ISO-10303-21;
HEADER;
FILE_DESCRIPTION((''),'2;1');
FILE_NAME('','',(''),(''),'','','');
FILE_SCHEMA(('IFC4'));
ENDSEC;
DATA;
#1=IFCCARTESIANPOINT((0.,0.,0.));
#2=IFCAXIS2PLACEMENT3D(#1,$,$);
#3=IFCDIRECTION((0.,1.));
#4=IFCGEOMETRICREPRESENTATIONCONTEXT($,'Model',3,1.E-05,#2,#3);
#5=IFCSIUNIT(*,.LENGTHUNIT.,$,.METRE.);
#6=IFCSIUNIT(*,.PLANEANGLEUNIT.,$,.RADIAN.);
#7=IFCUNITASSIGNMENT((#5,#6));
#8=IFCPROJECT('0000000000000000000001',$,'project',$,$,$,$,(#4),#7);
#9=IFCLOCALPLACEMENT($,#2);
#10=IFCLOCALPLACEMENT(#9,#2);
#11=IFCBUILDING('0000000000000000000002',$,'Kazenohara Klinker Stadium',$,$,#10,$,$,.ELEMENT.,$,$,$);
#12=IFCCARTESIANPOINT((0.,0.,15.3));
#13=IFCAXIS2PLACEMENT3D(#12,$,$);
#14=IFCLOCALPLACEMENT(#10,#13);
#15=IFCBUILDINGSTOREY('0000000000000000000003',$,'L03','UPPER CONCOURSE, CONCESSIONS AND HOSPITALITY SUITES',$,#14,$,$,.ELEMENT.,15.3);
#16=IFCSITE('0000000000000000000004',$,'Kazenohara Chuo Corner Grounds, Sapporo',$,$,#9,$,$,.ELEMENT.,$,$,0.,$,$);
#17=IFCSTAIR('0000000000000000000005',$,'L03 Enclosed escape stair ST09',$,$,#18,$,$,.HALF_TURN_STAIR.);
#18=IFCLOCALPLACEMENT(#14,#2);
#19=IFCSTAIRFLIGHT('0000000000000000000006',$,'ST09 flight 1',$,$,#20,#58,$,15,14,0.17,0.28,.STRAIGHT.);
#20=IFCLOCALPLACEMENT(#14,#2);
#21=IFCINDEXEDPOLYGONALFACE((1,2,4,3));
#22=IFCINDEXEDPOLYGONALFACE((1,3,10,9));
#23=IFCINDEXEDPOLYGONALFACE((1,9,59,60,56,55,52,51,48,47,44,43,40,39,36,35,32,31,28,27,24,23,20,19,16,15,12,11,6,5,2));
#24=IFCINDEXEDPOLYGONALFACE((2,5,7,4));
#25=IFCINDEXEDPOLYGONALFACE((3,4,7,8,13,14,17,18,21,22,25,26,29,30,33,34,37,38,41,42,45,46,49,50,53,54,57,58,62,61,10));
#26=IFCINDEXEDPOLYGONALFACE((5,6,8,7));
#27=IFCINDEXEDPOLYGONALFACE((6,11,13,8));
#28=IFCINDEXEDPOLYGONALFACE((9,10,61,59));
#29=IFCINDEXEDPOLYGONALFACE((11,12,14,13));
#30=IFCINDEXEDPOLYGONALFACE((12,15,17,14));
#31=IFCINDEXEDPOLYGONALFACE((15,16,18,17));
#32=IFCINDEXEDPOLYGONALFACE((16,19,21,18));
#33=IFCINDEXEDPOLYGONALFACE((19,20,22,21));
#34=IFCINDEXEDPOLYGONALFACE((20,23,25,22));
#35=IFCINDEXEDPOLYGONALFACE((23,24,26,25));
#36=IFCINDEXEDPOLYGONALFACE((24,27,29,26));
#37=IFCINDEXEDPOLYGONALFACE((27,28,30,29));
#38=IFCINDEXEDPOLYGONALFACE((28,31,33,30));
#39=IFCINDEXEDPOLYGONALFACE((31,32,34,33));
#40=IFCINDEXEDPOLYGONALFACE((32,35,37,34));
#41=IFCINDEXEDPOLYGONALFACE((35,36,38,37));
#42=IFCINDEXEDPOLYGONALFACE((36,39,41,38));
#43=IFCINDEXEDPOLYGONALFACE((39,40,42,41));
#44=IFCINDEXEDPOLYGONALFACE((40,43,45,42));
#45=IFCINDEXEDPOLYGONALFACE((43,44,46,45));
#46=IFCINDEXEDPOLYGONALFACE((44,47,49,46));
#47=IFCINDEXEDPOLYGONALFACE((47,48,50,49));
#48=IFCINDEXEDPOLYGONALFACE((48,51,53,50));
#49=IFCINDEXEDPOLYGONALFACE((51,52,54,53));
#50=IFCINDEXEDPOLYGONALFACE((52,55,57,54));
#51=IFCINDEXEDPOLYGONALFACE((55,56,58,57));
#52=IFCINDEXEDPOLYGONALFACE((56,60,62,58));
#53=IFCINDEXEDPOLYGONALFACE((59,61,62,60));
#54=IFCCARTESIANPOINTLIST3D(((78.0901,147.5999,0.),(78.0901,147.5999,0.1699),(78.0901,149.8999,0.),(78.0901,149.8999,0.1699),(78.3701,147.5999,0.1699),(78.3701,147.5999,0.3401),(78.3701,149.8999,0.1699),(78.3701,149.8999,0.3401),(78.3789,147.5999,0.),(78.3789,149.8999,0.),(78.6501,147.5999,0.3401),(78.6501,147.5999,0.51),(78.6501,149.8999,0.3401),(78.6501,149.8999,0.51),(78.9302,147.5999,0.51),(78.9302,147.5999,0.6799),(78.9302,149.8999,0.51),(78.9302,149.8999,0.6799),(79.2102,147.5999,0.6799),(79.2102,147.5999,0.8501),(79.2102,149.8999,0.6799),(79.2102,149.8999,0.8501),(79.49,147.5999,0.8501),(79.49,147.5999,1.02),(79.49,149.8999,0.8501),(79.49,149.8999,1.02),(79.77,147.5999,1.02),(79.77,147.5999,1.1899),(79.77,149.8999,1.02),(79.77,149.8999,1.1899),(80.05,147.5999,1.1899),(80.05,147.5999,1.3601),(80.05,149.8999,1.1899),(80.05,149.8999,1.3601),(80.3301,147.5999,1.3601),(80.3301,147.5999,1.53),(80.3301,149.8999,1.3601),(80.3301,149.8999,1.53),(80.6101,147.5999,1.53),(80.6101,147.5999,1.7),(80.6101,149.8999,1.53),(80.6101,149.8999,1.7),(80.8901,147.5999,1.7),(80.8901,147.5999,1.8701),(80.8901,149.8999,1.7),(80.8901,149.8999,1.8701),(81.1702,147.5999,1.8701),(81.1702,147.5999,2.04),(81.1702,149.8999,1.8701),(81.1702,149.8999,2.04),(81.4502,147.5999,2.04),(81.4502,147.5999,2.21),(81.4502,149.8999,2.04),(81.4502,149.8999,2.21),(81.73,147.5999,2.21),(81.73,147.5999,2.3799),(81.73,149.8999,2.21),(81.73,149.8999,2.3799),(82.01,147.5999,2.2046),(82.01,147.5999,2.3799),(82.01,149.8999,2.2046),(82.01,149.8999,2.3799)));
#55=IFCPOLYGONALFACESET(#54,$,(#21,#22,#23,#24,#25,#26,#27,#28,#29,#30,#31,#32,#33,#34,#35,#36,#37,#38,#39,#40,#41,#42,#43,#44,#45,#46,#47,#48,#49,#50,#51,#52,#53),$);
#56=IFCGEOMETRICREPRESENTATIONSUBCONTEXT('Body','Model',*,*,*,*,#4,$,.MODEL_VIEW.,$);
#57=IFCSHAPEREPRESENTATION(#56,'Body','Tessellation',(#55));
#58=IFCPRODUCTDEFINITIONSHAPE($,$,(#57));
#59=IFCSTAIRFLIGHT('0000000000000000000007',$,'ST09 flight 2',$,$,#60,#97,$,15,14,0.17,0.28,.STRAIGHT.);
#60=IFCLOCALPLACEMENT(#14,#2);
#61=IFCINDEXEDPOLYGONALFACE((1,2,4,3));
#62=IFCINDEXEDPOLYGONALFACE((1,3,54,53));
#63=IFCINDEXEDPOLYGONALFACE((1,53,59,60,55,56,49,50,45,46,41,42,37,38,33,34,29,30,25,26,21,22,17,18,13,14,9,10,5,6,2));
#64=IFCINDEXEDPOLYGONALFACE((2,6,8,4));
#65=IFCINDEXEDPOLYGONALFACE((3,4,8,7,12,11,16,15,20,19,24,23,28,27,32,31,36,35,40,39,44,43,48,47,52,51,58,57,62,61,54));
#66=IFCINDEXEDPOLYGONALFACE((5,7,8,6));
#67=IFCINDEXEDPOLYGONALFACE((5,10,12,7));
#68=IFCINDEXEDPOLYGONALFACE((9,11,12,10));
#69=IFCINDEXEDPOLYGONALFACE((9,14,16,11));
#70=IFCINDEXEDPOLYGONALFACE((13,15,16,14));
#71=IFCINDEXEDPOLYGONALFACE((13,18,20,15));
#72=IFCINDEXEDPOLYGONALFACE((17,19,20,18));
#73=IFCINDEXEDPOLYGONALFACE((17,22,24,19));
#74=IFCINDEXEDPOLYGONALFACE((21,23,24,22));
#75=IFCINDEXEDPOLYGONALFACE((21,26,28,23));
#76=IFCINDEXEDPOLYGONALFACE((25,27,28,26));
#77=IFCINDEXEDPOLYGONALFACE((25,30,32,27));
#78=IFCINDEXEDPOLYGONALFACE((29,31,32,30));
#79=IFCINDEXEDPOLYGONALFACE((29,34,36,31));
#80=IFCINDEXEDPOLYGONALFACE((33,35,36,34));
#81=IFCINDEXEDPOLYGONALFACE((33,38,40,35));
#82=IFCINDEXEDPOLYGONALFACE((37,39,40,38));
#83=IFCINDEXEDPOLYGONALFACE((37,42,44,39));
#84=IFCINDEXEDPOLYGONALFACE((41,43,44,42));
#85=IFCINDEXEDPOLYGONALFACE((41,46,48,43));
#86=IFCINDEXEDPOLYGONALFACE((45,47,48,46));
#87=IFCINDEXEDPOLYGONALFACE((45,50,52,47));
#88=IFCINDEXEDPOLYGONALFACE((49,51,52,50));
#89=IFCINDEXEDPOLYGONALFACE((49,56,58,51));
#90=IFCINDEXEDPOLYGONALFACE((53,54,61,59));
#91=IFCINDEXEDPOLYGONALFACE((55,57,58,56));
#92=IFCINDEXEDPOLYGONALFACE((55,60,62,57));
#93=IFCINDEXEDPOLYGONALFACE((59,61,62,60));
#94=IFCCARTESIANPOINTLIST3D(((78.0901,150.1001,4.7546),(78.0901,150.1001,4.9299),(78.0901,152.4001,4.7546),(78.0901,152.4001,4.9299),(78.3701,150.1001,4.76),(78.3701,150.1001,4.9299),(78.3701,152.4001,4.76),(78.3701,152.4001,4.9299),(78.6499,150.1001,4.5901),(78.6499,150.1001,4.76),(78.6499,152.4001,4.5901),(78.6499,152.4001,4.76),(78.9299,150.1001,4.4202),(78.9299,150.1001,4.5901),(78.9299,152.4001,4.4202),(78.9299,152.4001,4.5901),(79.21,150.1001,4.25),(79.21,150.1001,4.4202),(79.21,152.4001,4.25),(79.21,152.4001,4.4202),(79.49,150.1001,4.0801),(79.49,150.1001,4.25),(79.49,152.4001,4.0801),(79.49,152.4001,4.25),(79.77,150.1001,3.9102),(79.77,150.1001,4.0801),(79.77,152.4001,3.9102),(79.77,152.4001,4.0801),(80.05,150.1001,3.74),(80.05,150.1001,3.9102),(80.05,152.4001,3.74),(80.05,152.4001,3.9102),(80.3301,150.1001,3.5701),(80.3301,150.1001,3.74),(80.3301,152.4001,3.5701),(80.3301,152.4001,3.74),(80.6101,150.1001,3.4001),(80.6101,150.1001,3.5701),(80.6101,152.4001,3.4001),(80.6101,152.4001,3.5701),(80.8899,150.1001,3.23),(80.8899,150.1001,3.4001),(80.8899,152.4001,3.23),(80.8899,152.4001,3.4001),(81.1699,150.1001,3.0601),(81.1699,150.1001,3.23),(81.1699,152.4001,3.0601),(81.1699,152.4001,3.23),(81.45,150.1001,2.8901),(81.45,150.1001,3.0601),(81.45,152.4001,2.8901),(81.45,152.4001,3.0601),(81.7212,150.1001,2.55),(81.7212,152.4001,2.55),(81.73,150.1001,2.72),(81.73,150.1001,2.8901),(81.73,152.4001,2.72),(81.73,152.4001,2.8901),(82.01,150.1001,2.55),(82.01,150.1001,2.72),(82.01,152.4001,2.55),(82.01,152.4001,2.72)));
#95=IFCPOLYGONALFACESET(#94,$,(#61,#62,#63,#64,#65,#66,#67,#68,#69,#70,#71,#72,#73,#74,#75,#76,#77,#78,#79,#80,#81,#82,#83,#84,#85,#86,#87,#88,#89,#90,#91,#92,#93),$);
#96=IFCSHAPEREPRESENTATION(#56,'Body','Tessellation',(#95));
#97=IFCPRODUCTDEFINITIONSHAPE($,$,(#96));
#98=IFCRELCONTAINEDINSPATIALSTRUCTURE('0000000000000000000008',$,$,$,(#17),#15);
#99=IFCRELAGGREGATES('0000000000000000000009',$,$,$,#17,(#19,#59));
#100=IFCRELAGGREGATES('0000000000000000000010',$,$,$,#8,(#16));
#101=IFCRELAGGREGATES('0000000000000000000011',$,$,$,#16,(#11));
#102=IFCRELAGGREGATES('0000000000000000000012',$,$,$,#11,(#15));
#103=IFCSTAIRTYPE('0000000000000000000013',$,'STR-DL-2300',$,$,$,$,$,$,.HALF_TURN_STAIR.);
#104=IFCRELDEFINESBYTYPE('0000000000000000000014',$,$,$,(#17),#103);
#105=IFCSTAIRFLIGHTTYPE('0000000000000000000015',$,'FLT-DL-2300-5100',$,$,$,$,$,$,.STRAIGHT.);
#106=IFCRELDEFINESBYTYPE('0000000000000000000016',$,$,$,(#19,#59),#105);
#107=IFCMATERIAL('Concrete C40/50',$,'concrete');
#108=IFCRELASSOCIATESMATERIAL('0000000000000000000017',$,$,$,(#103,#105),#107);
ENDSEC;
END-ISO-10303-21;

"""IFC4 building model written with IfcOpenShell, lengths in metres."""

from ifc_helpers import new_model, si_unit, direction, frame, origin, place, context, subcontext, project, spatial, polyline, outline, extrude, material, type_object, element, aggregate, save


model = new_model("IFC4")

# Units and contexts
model_context = context("Model", 3, precision=1e-05, world=origin(), true_north=direction((0.0, 1.0)))
body_context = subcontext(model_context, "Body", "Model", "MODEL_VIEW")
ifc_project = project(units=[si_unit("LENGTHUNIT", "METRE"), si_unit("PLANEANGLEUNIT", "RADIAN")], contexts=[model_context])

# Site, building, storey
site_placement = place(None, origin())
site = spatial("IfcSite", under=ifc_project, at=site_placement, Name="Kazenohara Chuo Corner Grounds, Sapporo", CompositionType="ELEMENT", RefElevation=0.0)
building_placement = place(site_placement, origin())
building = spatial("IfcBuilding", under=site, at=building_placement, Name="Kazenohara Klinker Stadium", CompositionType="ELEMENT")
storey_placement = place(building_placement, frame((0.0, 0.0, 15.3)))
storey = spatial("IfcBuildingStorey", under=building, at=storey_placement, Name="L03", Description="UPPER CONCOURSE, CONCESSIONS AND HOSPITALITY SUITES", CompositionType="ELEMENT", Elevation=15.3)

# Shared definitions
ifc_material_1 = material(Name="Concrete C40/50", Category="concrete")

# Stair, stair flights
stair_type = type_object("IfcStairType", Name="STR-DL-2300", PredefinedType="HALF_TURN_STAIR", material=ifc_material_1)
stair_placement = place(storey_placement, origin())
stair = element("IfcStair", 1, at=stair_placement, inside=storey, type_object=stair_type, Name="L03 Enclosed escape stair ST09", PredefinedType="HALF_TURN_STAIR")
stair_flight_type = type_object("IfcStairFlightType", Name="FLT-DL-2300-5100", PredefinedType="STRAIGHT", material=ifc_material_1)
stair_flight_1_placement = place(storey_placement, frame((78.0901, 148.75, 0.0), z_axis=(0.0, 0.0, 1.0), x_axis=(1.0, 0.0, 0.0)))
stair_flight_1 = element("IfcStairFlight", 2, at=stair_flight_1_placement, type_object=stair_flight_type, Name="ST09 flight 1", NumberOfRisers=15, NumberOfTreads=14, PredefinedType="STRAIGHT", RiserHeight=0.17, TreadLength=0.28, context=body_context, shape_type="SweptSolid", body=[
    extrude(outline(polyline([(0.0, 0.0), (0.0, 0.1699), (0.28, 0.1699), (0.28, 0.3401), (0.5601, 0.3401), (0.5601, 0.51), (0.8401, 0.51), (0.8401, 0.6799), (1.1201, 0.6799), (1.1201, 0.8501), (1.3999, 0.8501), (1.3999, 1.02), (1.6799, 1.02), (1.6799, 1.1899), (1.96, 1.1899), (1.96, 1.3601), (2.24, 1.3601), (2.24, 1.53), (2.52, 1.53), (2.52, 1.7), (2.8, 1.7), (2.8, 1.8701), (3.0801, 1.8701), (3.0801, 2.04), (3.3601, 2.04), (3.3601, 2.21), (3.6399, 2.21), (3.6399, 2.3799), (3.9199, 2.3799), (3.9199, 2.55), (3.9199, 2.2046), (0.2888, 0.0), (0.0, 0.0)])), frame((0.0, 1.1499, 0.0), z_axis=(0.0, -1.0, 0.0), x_axis=(1.0, 0.0, 0.0)), (0.0, 0.0, 1.0), 2.3),
])
stair_flight_2_placement = place(storey_placement, frame((82.01, 151.25, 2.55), z_axis=(0.0, 0.0, 1.0), x_axis=(-1.0, 0.0, 0.0)))
stair_flight_2 = element("IfcStairFlight", 3, at=stair_flight_2_placement, type_object=stair_flight_type, Name="ST09 flight 2", NumberOfRisers=15, NumberOfTreads=14, PredefinedType="STRAIGHT", RiserHeight=0.17, TreadLength=0.28, context=body_context, shape_type="SweptSolid", body=[
    extrude(outline(polyline([(0.0, 0.0), (0.0, 0.1699), (0.28, 0.1699), (0.28, 0.3401), (0.5601, 0.3401), (0.5601, 0.51), (0.8401, 0.51), (0.8401, 0.6799), (1.1201, 0.6799), (1.1201, 0.8501), (1.3999, 0.8501), (1.3999, 1.02), (1.6799, 1.02), (1.6799, 1.1899), (1.96, 1.1899), (1.96, 1.3601), (2.24, 1.3601), (2.24, 1.53), (2.52, 1.53), (2.52, 1.7), (2.8, 1.7), (2.8, 1.8701), (3.0801, 1.8701), (3.0801, 2.04), (3.3601, 2.04), (3.3601, 2.21), (3.6399, 2.21), (3.6399, 2.3799), (3.9199, 2.3799), (3.9199, 2.55), (3.9199, 2.2046), (0.2888, 0.0), (0.0, 0.0)])), frame((0.0, 1.1499, 0.0), z_axis=(0.0, -1.0, 0.0), x_axis=(1.0, 0.0, 0.0)), (0.0, 0.0, 1.0), 2.3),
])
aggregate(stair, [stair_flight_1, stair_flight_2])

save(model, "model.ifc")
